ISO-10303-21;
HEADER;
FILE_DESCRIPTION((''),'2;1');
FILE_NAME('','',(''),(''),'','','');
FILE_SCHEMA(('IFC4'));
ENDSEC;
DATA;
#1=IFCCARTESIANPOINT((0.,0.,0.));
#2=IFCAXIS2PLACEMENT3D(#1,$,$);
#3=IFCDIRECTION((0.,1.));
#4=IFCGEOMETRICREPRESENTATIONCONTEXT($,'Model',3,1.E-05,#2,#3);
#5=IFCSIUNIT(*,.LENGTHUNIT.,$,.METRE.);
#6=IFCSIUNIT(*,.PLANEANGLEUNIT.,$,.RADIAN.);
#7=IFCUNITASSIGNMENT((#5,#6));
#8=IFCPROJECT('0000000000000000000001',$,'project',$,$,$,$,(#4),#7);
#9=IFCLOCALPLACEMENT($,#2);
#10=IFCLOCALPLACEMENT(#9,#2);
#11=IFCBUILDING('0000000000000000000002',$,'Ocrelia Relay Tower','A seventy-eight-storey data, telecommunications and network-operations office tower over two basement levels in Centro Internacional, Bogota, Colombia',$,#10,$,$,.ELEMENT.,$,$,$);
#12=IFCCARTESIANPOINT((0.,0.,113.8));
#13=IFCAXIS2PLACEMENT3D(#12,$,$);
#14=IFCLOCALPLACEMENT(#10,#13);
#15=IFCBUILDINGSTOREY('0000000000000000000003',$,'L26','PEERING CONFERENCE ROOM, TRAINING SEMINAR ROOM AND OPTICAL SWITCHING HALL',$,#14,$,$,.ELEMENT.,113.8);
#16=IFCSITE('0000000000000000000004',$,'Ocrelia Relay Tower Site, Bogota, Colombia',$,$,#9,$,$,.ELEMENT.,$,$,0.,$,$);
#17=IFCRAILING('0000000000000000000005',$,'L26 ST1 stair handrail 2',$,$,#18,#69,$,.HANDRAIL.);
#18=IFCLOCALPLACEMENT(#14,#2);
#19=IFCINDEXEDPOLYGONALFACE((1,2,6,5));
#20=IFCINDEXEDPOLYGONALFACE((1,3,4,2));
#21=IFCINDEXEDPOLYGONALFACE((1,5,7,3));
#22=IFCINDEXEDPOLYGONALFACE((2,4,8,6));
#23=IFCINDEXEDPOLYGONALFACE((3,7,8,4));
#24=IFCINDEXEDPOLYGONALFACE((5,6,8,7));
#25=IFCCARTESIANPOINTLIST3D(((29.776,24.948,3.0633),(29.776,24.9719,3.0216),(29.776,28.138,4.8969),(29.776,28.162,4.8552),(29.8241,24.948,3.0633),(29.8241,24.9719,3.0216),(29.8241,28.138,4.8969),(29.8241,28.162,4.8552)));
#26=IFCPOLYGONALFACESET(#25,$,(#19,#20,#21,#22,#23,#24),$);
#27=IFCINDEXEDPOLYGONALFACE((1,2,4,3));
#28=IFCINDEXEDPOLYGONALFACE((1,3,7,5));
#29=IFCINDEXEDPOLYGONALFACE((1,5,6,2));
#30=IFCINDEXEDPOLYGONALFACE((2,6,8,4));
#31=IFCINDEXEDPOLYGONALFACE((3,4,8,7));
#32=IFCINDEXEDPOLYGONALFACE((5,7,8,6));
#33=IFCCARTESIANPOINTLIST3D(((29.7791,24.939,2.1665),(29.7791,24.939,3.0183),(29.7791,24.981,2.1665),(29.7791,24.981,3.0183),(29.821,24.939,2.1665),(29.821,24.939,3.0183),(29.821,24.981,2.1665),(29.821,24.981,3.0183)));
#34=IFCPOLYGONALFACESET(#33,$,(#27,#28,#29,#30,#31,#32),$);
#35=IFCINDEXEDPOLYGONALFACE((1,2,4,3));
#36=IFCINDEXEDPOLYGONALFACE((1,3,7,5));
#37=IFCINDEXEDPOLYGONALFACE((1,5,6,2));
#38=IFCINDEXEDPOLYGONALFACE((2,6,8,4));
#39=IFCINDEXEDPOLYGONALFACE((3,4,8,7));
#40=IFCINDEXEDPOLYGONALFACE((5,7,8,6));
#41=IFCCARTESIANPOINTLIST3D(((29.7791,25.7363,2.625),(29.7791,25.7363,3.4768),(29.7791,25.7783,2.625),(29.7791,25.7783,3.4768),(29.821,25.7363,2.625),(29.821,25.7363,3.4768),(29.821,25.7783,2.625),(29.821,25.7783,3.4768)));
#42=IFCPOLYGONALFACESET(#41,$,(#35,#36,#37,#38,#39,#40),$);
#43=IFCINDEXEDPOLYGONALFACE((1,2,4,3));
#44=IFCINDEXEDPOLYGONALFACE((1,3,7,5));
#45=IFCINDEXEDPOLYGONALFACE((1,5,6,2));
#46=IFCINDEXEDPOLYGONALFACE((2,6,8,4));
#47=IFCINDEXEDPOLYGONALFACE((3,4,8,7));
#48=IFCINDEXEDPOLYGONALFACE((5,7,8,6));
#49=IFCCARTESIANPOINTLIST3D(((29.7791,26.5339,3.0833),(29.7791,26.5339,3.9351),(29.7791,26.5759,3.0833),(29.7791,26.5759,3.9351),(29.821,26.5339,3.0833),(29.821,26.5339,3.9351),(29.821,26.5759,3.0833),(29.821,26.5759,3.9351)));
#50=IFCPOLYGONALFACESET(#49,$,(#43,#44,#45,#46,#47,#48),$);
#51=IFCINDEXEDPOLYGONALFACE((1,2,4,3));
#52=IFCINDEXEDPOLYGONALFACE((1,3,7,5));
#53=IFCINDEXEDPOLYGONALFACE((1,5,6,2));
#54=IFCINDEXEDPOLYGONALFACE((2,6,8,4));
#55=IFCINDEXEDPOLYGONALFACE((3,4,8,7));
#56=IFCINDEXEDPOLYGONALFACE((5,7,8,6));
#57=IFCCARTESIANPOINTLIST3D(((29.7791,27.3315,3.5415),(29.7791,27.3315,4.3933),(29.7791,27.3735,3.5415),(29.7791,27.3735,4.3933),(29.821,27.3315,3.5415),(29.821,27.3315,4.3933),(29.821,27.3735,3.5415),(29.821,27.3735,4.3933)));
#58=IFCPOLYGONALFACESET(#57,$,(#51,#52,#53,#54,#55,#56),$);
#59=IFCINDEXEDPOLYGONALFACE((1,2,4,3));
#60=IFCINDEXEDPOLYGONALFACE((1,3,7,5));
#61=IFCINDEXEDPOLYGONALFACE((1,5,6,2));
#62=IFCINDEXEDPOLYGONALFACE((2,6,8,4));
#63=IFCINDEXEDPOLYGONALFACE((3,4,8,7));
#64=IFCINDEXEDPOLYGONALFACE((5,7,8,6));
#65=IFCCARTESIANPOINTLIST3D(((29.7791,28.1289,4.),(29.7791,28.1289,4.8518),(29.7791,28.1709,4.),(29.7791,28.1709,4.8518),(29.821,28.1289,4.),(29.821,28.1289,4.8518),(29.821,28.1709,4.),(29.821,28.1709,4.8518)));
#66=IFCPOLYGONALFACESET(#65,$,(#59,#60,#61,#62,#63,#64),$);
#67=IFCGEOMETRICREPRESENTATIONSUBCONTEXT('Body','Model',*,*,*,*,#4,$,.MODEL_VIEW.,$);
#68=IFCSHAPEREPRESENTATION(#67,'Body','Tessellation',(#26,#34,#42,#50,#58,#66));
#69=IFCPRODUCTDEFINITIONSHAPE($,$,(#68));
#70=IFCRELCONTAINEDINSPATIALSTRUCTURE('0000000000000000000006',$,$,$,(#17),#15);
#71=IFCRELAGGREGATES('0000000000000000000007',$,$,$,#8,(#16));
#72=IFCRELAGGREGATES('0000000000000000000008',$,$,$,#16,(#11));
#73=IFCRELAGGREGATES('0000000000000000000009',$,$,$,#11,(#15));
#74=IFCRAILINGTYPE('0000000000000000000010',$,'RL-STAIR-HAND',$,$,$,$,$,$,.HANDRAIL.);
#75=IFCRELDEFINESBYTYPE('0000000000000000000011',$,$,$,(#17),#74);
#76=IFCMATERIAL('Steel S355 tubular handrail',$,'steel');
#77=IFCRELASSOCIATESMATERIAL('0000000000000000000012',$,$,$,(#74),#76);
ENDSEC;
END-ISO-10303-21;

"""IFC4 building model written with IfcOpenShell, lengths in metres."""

from ifc_helpers import new_model, si_unit, direction, frame, origin, origin_2d, place, context, subcontext, project, spatial, rectangle, extrude, material, type_object, element, save


model = new_model("IFC4")

# Units and contexts
model_context = context("Model", 3, precision=1e-05, world=origin(), true_north=direction((0.0, 1.0)))
body_context = subcontext(model_context, "Body", "Model", "MODEL_VIEW")
ifc_project = project(units=[si_unit("LENGTHUNIT", "METRE"), si_unit("PLANEANGLEUNIT", "RADIAN")], contexts=[model_context])

# Site, building, storey
site_placement = place(None, origin())
site = spatial("IfcSite", under=ifc_project, at=site_placement, Name="Ocrelia Relay Tower Site, Bogota, Colombia", CompositionType="ELEMENT", RefElevation=0.0)
building_placement = place(site_placement, origin())
building = spatial("IfcBuilding", under=site, at=building_placement, Name="Ocrelia Relay Tower", Description="A seventy-eight-storey data, telecommunications and network-operations office tower over two basement levels in Centro Internacional, Bogota, Colombia", CompositionType="ELEMENT")
storey_placement = place(building_placement, frame((0.0, 0.0, 113.8)))
storey = spatial("IfcBuildingStorey", under=building, at=storey_placement, Name="L26", Description="PEERING CONFERENCE ROOM, TRAINING SEMINAR ROOM AND OPTICAL SWITCHING HALL", CompositionType="ELEMENT", Elevation=113.8)

# Railing
ifc_material_1 = material(Name="Steel S355 tubular handrail", Category="steel")
railing_type_1 = type_object("IfcRailingType", Name="RL-STAIR-HAND", PredefinedType="HANDRAIL", material=ifc_material_1)
railing_1_placement = place(storey_placement, frame((29.8, 24.96, 2.1665)))
element("IfcRailing", 1, at=railing_1_placement, inside=storey, type_object=railing_type_1, Name="L26 ST1 stair handrail 2", PredefinedType="HANDRAIL", context=body_context, shape_type="SweptSolid", body=[
    extrude(rectangle(XDim=0.0481, YDim=0.0481, at=origin_2d()), frame((0.0, 0.0, 0.876), z_axis=(0.0, 0.866991, 0.498324), x_axis=(-1.0, 0.0, 0.0)), (0.0, 0.0, 1.0), 3.6794),
    extrude(rectangle(XDim=0.042, YDim=0.042, at=origin_2d()), origin(), (0.0, 0.0, 1.0), 0.8518),
    extrude(rectangle(XDim=0.042, YDim=0.042, at=origin_2d()), frame((0.0, 0.7974, 0.4585)), (0.0, 0.0, 1.0), 0.8518),
    extrude(rectangle(XDim=0.042, YDim=0.042, at=origin_2d()), frame((0.0, 1.595, 0.9167)), (0.0, 0.0, 1.0), 0.8518),
    extrude(rectangle(XDim=0.042, YDim=0.042, at=origin_2d()), frame((0.0, 2.3926, 1.375)), (0.0, 0.0, 1.0), 0.8518),
    extrude(rectangle(XDim=0.042, YDim=0.042, at=origin_2d()), frame((0.0, 3.1899, 1.8335)), (0.0, 0.0, 1.0), 0.8518),
])

save(model, "model.ifc")
